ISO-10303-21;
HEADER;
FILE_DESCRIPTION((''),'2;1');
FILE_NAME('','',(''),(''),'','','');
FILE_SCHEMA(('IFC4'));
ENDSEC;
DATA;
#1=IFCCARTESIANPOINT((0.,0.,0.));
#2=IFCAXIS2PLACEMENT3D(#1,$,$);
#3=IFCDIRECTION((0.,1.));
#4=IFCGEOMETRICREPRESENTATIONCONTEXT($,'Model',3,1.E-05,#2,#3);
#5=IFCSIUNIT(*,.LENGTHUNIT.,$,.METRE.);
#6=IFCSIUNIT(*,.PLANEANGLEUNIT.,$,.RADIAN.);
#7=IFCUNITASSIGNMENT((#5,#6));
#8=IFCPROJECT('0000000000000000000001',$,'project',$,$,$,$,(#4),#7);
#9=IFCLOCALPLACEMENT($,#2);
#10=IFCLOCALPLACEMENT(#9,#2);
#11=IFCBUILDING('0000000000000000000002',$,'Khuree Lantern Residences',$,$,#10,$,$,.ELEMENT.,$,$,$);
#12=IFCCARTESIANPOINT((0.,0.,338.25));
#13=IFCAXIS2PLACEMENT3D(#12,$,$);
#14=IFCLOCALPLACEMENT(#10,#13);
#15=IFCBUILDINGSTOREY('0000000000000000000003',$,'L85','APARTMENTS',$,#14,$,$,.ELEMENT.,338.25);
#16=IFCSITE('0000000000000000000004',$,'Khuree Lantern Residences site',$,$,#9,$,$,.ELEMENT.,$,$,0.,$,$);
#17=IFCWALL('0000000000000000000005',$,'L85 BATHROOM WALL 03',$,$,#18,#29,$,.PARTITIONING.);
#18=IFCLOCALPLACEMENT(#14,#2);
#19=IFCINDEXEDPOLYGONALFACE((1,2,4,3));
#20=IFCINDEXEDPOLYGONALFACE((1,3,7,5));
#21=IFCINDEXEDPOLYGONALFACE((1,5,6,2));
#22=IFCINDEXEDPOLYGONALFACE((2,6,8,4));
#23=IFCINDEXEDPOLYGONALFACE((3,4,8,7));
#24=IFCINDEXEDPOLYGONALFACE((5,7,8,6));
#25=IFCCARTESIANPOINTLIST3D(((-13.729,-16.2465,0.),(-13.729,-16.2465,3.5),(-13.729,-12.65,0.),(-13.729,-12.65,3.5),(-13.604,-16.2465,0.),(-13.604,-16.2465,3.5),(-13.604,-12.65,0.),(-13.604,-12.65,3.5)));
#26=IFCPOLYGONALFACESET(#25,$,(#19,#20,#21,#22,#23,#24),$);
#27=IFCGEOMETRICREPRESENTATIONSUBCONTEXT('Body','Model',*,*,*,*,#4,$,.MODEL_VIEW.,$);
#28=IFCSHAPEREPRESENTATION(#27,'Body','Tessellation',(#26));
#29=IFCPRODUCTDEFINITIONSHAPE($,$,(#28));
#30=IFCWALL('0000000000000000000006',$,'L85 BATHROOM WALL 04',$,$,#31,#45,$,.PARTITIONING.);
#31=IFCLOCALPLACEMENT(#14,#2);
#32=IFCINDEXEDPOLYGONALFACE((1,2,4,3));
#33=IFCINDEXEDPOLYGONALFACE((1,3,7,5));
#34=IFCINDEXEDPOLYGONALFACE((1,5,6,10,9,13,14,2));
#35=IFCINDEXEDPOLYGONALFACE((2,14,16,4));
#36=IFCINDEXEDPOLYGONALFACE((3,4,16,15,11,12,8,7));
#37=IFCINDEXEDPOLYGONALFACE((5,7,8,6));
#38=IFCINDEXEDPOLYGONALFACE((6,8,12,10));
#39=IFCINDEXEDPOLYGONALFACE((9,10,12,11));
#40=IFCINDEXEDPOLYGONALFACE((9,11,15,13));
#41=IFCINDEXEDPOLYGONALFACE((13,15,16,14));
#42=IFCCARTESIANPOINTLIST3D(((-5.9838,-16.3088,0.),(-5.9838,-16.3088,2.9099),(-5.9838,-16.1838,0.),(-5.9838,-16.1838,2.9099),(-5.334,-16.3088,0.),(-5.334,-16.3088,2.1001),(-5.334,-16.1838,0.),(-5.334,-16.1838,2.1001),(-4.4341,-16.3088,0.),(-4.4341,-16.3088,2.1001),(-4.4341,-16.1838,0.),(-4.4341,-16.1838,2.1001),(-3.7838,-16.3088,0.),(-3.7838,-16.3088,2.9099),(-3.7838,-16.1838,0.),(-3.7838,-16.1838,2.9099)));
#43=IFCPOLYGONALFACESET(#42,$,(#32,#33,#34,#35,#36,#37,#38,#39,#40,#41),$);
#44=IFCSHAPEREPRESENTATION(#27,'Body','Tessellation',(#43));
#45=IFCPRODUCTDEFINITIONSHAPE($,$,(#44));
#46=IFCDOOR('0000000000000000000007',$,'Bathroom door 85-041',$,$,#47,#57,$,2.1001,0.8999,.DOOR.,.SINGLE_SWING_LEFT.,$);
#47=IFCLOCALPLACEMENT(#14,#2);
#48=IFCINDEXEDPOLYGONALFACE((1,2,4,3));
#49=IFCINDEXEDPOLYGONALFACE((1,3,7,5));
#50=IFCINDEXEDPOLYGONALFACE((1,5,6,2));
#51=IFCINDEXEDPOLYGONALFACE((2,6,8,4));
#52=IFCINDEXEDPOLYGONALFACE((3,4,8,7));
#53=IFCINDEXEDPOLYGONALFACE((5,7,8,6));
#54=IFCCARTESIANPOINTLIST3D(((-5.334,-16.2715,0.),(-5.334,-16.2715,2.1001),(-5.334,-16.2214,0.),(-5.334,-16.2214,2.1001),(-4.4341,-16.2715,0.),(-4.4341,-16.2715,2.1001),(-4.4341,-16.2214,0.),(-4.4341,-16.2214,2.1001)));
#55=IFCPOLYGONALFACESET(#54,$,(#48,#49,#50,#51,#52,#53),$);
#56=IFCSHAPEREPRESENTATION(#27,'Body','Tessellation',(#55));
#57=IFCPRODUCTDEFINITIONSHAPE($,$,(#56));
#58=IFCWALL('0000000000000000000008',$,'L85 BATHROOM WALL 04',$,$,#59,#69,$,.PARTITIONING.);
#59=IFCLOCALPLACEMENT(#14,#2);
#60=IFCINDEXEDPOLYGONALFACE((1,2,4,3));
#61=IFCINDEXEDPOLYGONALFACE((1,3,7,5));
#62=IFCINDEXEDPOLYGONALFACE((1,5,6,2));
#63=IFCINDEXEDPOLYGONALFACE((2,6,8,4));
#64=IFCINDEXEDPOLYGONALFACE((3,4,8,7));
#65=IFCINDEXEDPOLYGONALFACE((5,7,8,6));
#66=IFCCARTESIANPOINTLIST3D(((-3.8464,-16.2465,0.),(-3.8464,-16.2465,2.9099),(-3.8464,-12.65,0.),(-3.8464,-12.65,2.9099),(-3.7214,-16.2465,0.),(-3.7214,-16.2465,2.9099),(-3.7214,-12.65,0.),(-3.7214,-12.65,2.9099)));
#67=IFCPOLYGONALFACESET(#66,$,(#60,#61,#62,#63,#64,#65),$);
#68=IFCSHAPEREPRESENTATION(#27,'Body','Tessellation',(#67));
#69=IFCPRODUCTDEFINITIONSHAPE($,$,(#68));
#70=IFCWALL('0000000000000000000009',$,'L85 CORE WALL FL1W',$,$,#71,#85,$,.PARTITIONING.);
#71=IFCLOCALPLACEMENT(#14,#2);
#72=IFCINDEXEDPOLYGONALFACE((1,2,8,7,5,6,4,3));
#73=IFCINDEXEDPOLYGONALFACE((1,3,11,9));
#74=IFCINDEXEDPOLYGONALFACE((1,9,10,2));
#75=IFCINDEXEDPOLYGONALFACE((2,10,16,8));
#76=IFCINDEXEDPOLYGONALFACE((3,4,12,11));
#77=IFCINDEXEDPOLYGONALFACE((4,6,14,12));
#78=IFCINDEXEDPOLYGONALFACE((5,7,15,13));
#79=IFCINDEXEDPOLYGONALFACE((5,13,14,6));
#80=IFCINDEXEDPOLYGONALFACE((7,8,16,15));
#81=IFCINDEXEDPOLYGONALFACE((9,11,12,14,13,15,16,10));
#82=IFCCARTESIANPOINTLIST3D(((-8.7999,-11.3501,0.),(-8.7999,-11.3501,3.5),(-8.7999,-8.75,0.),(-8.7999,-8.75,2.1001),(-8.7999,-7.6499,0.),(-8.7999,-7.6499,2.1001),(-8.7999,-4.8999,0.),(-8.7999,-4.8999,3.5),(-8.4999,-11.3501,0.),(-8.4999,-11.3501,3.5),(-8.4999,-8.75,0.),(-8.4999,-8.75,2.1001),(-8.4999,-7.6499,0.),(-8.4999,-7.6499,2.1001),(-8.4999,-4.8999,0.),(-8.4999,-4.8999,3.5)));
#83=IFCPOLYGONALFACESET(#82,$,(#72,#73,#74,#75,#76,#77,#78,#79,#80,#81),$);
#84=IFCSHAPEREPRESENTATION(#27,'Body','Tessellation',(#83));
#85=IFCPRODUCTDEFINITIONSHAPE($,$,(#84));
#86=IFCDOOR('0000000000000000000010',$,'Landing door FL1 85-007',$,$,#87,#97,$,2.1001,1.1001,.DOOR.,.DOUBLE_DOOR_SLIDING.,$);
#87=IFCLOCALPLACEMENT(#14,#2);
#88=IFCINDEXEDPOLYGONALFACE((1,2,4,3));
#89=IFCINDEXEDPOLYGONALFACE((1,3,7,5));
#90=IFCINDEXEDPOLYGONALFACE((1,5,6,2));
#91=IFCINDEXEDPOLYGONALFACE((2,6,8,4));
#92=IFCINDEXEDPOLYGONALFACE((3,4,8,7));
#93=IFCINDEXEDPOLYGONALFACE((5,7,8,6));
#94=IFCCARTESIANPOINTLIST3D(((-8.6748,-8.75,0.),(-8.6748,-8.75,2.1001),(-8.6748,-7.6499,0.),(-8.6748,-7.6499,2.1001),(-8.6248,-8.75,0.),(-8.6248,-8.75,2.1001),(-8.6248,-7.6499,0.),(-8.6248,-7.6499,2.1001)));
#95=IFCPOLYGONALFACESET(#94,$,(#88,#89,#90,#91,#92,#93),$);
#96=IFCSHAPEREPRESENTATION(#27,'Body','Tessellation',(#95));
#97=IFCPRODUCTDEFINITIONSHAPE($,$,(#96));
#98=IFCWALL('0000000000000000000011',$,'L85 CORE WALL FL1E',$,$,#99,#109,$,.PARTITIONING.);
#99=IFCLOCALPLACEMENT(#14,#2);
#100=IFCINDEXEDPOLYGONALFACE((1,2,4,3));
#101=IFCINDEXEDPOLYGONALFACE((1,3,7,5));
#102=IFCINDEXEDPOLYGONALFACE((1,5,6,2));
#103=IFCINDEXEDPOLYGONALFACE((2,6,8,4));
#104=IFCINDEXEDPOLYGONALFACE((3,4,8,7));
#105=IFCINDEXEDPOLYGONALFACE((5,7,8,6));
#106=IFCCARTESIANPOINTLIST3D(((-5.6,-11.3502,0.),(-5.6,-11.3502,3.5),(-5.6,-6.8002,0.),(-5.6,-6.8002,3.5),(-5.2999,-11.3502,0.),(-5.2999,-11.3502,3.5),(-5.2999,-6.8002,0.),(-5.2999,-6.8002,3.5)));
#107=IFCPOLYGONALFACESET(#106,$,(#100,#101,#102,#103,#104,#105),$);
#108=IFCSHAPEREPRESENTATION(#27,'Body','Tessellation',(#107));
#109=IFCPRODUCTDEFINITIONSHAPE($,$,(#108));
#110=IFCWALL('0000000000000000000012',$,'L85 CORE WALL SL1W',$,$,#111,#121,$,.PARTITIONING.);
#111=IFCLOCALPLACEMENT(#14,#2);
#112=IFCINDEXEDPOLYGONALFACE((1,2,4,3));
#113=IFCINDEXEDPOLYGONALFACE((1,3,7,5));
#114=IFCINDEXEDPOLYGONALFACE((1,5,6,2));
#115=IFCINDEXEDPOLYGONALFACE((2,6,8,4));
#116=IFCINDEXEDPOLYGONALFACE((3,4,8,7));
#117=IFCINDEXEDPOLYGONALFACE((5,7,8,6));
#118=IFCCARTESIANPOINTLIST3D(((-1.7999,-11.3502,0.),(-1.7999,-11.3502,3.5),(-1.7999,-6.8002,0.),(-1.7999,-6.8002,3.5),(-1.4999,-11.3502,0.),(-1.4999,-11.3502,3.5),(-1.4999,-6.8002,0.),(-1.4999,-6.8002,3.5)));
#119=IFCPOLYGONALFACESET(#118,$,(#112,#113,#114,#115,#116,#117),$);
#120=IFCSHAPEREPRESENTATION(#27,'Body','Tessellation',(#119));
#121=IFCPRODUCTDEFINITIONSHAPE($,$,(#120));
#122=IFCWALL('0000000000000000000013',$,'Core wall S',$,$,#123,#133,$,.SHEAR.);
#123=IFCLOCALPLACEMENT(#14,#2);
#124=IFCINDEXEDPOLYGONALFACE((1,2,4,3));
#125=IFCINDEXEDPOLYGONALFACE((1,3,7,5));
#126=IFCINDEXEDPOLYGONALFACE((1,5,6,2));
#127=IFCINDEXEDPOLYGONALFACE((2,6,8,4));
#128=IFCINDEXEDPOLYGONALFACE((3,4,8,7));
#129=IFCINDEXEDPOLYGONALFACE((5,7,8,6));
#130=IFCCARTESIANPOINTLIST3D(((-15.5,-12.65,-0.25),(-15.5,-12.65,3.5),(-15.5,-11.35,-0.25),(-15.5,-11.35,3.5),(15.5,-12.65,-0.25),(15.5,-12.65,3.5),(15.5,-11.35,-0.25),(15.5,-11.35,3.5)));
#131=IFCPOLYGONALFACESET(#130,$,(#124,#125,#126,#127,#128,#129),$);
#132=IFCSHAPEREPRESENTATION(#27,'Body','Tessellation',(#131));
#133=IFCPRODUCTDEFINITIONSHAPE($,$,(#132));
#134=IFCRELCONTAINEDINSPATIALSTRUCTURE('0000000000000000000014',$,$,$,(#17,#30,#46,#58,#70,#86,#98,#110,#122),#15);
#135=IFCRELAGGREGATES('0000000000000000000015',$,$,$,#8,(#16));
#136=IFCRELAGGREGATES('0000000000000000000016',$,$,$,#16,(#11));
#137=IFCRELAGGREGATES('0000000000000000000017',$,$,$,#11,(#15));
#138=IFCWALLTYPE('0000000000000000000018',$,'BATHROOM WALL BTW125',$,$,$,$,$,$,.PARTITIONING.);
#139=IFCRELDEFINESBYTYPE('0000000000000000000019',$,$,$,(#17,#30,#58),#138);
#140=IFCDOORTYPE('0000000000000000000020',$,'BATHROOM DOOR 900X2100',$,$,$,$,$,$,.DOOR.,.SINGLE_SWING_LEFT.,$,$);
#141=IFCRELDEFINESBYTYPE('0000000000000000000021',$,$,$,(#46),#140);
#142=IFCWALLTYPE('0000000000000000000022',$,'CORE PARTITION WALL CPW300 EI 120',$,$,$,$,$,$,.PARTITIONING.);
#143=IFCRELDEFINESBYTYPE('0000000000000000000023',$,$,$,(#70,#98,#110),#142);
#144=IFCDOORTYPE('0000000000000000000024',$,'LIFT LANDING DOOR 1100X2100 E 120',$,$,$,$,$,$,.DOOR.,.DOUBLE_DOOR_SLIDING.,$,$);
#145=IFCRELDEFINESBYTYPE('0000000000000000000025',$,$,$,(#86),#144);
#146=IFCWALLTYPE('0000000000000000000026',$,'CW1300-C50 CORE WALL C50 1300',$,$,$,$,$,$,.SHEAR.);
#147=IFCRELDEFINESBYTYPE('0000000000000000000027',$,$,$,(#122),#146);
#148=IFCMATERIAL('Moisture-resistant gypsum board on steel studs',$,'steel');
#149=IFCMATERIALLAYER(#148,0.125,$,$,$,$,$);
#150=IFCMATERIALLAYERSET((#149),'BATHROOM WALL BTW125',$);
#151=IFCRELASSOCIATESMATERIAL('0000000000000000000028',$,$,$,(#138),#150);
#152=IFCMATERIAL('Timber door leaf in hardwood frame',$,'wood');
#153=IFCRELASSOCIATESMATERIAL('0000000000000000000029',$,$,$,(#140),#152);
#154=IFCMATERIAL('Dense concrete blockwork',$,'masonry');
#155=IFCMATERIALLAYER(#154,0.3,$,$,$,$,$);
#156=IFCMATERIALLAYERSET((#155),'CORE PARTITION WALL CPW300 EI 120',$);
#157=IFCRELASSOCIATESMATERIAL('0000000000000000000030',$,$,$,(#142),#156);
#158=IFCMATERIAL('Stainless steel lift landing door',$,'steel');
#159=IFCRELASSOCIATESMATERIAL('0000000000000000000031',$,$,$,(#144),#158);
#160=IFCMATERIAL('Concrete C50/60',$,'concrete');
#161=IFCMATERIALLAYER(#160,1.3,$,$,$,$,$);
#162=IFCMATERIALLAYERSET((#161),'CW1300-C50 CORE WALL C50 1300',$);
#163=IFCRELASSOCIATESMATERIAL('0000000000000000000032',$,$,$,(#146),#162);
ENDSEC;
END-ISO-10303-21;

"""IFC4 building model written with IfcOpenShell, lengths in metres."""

from ifc_helpers import new_model, si_unit, direction, frame, frame_2d, origin, place, context, subcontext, project, spatial, rectangle, extrude, material, layer, layer_set, type_object, element, fill, save


model = new_model("IFC4")

# Units and contexts
model_context = context("Model", 3, precision=1e-05, world=origin(), true_north=direction((0.0, 1.0)))
body_context = subcontext(model_context, "Body", "Model", "MODEL_VIEW")
ifc_project = project(units=[si_unit("LENGTHUNIT", "METRE"), si_unit("PLANEANGLEUNIT", "RADIAN")], contexts=[model_context])

# Site, building, storey
site_placement = place(None, origin())
site = spatial("IfcSite", under=ifc_project, at=site_placement, Name="Khuree Lantern Residences site", CompositionType="ELEMENT", RefElevation=0.0)
building_placement = place(site_placement, origin())
building = spatial("IfcBuilding", under=site, at=building_placement, Name="Khuree Lantern Residences", CompositionType="ELEMENT")
storey_placement = place(building_placement, frame((0.0, 0.0, 338.25)))
storey = spatial("IfcBuildingStorey", under=building, at=storey_placement, Name="L85", Description="APARTMENTS", CompositionType="ELEMENT", Elevation=338.25)

# Wall
ifc_material_1 = material(Name="Moisture-resistant gypsum board on steel studs", Category="steel")
ifc_layer_1 = layer(ifc_material_1, 0.125)
ifc_layer_set_1 = layer_set([ifc_layer_1], Name="BATHROOM WALL BTW125")
wall_type_1 = type_object("IfcWallType", Name="BATHROOM WALL BTW125", PredefinedType="PARTITIONING", material=ifc_layer_set_1)
wall_1_placement = place(storey_placement, frame((-13.6665, -12.6499, 0.0), z_axis=(0.0, 0.0, 1.0), x_axis=(0.0, -1.0, 0.0)))
element("IfcWall", 1, at=wall_1_placement, inside=storey, type_object=wall_type_1, Name="L85 BATHROOM WALL 03", PredefinedType="PARTITIONING", context=body_context, shape_type="SweptSolid", body=[
    extrude(rectangle(XDim=3.5964, YDim=0.125, at=frame_2d((1.7983, 0.0))), origin(), (0.0, 0.0, 1.0), 3.5),
])

# Wall, opening, door
wall_2_placement = place(storey_placement, frame((-5.9839, -16.2463, 0.0), z_axis=(0.0, 0.0, 1.0), x_axis=(1.0, 0.0, 0.0)))
wall_2 = element("IfcWall", 2, at=wall_2_placement, inside=storey, type_object=wall_type_1, Name="L85 BATHROOM WALL 04", PredefinedType="PARTITIONING", context=body_context, shape_type="SweptSolid", body=[
    extrude(rectangle(XDim=2.2, YDim=0.125, at=frame_2d((1.1001, 0.0))), origin(), (0.0, 0.0, 1.0), 2.9099),
])
opening_1_placement = place(wall_2_placement, frame((0.6499, 0.0, 0.0)))
opening_1 = element("IfcOpeningElement", 3, at=opening_1_placement, cuts=wall_2, PredefinedType="OPENING", context=body_context, shape_type="SweptSolid", body=[
    extrude(rectangle(XDim=0.8999, YDim=2.1001, at=frame_2d((0.45, 1.05))), frame((0.0, 0.0725, 0.0), z_axis=(0.0, -1.0, 0.0), x_axis=(1.0, 0.0, 0.0)), (0.0, 0.0, 1.0), 0.145),
])
ifc_material_2 = material(Name="Timber door leaf in hardwood frame", Category="wood")
door_type_1 = type_object("IfcDoorType", Name="BATHROOM DOOR 900X2100", OperationType="SINGLE_SWING_LEFT", PredefinedType="DOOR", material=ifc_material_2)
door_1_placement = place(opening_1_placement, origin())
door_1 = element("IfcDoor", 4, at=door_1_placement, inside=storey, type_object=door_type_1, Name="Bathroom door 85-041", OperationType="SINGLE_SWING_LEFT", OverallHeight=2.1001, OverallWidth=0.8999, PredefinedType="DOOR", context=body_context, shape_type="SweptSolid", body=[
    extrude(rectangle(XDim=0.8999, YDim=2.1001, at=frame_2d((0.45, 1.05))), frame((0.0, 0.0249, 0.0), z_axis=(0.0, -1.0, 0.0), x_axis=(1.0, 0.0, 0.0)), (0.0, 0.0, 1.0), 0.05),
])
fill(opening_1, door_1)

# Wall
wall_3_placement = place(storey_placement, frame((-3.7839, -12.6499, 0.0), z_axis=(0.0, 0.0, 1.0), x_axis=(0.0, -1.0, 0.0)))
element("IfcWall", 5, at=wall_3_placement, inside=storey, type_object=wall_type_1, Name="L85 BATHROOM WALL 04", PredefinedType="PARTITIONING", context=body_context, shape_type="SweptSolid", body=[
    extrude(rectangle(XDim=3.5964, YDim=0.125, at=frame_2d((1.7983, 0.0))), origin(), (0.0, 0.0, 1.0), 2.9099),
])

# Wall, opening, door
ifc_material_3 = material(Name="Dense concrete blockwork", Category="masonry")
ifc_layer_2 = layer(ifc_material_3, 0.3)
ifc_layer_set_2 = layer_set([ifc_layer_2], Name="CORE PARTITION WALL CPW300 EI 120")
wall_type_2 = type_object("IfcWallType", Name="CORE PARTITION WALL CPW300 EI 120", PredefinedType="PARTITIONING", material=ifc_layer_set_2)
wall_4_placement = place(storey_placement, frame((-8.6499, -11.3501, 0.0), z_axis=(0.0, 0.0, 1.0), x_axis=(0.0, 1.0, 0.0)))
wall_4 = element("IfcWall", 6, at=wall_4_placement, inside=storey, type_object=wall_type_2, Name="L85 CORE WALL FL1W", PredefinedType="PARTITIONING", context=body_context, shape_type="SweptSolid", body=[
    extrude(rectangle(XDim=6.4502, YDim=0.3, at=frame_2d((3.2251, 0.0))), origin(), (0.0, 0.0, 1.0), 3.5),
])
opening_2_placement = place(wall_4_placement, frame((2.6001, 0.0, 0.0)))
opening_2 = element("IfcOpeningElement", 7, at=opening_2_placement, cuts=wall_4, PredefinedType="OPENING", context=body_context, shape_type="SweptSolid", body=[
    extrude(rectangle(XDim=1.1001, YDim=2.1001, at=frame_2d((0.55, 1.05))), frame((0.0, 0.1602, 0.0), z_axis=(0.0, -1.0, 0.0), x_axis=(1.0, 0.0, 0.0)), (0.0, 0.0, 1.0), 0.3201),
])
ifc_material_4 = material(Name="Stainless steel lift landing door", Category="steel")
door_type_2 = type_object("IfcDoorType", Name="LIFT LANDING DOOR 1100X2100 E 120", OperationType="DOUBLE_DOOR_SLIDING", PredefinedType="DOOR", material=ifc_material_4)
door_2_placement = place(opening_2_placement, origin())
door_2 = element("IfcDoor", 8, at=door_2_placement, inside=storey, type_object=door_type_2, Name="Landing door FL1 85-007", OperationType="DOUBLE_DOOR_SLIDING", OverallHeight=2.1001, OverallWidth=1.1001, PredefinedType="DOOR", context=body_context, shape_type="SweptSolid", body=[
    extrude(rectangle(XDim=1.1001, YDim=2.1001, at=frame_2d((0.55, 1.05))), frame((0.0, 0.0249, 0.0), z_axis=(0.0, -1.0, 0.0), x_axis=(1.0, 0.0, 0.0)), (0.0, 0.0, 1.0), 0.05),
])
fill(opening_2, door_2)

# Walls
for number, where, z_axis, x_axis, name in (
    (9, (-5.45, -11.3501, 0.0), (0.0, 0.0, 1.0), (0.0, 1.0, 0.0), "L85 CORE WALL FL1E"),
    (10, (-1.6499, -11.3501, 0.0), (0.0, 0.0, 1.0), (0.0, 1.0, 0.0), "L85 CORE WALL SL1W"),
):
    element("IfcWall", number, at=place(storey_placement, frame(where, z_axis=z_axis, x_axis=x_axis)), inside=storey, type_object=wall_type_2, Name=name, PredefinedType="PARTITIONING", context=body_context, shape_type="SweptSolid", body=[
        extrude(rectangle(XDim=4.55, YDim=0.3, at=frame_2d((2.2749, 0.0))), origin(), (0.0, 0.0, 1.0), 3.5),
    ])
ifc_material_5 = material(Name="Concrete C50/60", Category="concrete")
ifc_layer_3 = layer(ifc_material_5, 1.3)
ifc_layer_set_3 = layer_set([ifc_layer_3], Name="CW1300-C50 CORE WALL C50 1300")
wall_type_3 = type_object("IfcWallType", Name="CW1300-C50 CORE WALL C50 1300", PredefinedType="SHEAR", material=ifc_layer_set_3)
wall_5_placement = place(storey_placement, frame((-15.5, -12.0, -0.25), z_axis=(0.0, 0.0, 1.0), x_axis=(1.0, 0.0, 0.0)))
element("IfcWall", 11, at=wall_5_placement, inside=storey, type_object=wall_type_3, Name="Core wall S", PredefinedType="SHEAR", context=body_context, shape_type="SweptSolid", body=[
    extrude(rectangle(XDim=31.0, YDim=1.3, at=frame_2d((15.5, 0.0))), origin(), (0.0, 0.0, 1.0), 3.75),
])

save(model, "model.ifc")
